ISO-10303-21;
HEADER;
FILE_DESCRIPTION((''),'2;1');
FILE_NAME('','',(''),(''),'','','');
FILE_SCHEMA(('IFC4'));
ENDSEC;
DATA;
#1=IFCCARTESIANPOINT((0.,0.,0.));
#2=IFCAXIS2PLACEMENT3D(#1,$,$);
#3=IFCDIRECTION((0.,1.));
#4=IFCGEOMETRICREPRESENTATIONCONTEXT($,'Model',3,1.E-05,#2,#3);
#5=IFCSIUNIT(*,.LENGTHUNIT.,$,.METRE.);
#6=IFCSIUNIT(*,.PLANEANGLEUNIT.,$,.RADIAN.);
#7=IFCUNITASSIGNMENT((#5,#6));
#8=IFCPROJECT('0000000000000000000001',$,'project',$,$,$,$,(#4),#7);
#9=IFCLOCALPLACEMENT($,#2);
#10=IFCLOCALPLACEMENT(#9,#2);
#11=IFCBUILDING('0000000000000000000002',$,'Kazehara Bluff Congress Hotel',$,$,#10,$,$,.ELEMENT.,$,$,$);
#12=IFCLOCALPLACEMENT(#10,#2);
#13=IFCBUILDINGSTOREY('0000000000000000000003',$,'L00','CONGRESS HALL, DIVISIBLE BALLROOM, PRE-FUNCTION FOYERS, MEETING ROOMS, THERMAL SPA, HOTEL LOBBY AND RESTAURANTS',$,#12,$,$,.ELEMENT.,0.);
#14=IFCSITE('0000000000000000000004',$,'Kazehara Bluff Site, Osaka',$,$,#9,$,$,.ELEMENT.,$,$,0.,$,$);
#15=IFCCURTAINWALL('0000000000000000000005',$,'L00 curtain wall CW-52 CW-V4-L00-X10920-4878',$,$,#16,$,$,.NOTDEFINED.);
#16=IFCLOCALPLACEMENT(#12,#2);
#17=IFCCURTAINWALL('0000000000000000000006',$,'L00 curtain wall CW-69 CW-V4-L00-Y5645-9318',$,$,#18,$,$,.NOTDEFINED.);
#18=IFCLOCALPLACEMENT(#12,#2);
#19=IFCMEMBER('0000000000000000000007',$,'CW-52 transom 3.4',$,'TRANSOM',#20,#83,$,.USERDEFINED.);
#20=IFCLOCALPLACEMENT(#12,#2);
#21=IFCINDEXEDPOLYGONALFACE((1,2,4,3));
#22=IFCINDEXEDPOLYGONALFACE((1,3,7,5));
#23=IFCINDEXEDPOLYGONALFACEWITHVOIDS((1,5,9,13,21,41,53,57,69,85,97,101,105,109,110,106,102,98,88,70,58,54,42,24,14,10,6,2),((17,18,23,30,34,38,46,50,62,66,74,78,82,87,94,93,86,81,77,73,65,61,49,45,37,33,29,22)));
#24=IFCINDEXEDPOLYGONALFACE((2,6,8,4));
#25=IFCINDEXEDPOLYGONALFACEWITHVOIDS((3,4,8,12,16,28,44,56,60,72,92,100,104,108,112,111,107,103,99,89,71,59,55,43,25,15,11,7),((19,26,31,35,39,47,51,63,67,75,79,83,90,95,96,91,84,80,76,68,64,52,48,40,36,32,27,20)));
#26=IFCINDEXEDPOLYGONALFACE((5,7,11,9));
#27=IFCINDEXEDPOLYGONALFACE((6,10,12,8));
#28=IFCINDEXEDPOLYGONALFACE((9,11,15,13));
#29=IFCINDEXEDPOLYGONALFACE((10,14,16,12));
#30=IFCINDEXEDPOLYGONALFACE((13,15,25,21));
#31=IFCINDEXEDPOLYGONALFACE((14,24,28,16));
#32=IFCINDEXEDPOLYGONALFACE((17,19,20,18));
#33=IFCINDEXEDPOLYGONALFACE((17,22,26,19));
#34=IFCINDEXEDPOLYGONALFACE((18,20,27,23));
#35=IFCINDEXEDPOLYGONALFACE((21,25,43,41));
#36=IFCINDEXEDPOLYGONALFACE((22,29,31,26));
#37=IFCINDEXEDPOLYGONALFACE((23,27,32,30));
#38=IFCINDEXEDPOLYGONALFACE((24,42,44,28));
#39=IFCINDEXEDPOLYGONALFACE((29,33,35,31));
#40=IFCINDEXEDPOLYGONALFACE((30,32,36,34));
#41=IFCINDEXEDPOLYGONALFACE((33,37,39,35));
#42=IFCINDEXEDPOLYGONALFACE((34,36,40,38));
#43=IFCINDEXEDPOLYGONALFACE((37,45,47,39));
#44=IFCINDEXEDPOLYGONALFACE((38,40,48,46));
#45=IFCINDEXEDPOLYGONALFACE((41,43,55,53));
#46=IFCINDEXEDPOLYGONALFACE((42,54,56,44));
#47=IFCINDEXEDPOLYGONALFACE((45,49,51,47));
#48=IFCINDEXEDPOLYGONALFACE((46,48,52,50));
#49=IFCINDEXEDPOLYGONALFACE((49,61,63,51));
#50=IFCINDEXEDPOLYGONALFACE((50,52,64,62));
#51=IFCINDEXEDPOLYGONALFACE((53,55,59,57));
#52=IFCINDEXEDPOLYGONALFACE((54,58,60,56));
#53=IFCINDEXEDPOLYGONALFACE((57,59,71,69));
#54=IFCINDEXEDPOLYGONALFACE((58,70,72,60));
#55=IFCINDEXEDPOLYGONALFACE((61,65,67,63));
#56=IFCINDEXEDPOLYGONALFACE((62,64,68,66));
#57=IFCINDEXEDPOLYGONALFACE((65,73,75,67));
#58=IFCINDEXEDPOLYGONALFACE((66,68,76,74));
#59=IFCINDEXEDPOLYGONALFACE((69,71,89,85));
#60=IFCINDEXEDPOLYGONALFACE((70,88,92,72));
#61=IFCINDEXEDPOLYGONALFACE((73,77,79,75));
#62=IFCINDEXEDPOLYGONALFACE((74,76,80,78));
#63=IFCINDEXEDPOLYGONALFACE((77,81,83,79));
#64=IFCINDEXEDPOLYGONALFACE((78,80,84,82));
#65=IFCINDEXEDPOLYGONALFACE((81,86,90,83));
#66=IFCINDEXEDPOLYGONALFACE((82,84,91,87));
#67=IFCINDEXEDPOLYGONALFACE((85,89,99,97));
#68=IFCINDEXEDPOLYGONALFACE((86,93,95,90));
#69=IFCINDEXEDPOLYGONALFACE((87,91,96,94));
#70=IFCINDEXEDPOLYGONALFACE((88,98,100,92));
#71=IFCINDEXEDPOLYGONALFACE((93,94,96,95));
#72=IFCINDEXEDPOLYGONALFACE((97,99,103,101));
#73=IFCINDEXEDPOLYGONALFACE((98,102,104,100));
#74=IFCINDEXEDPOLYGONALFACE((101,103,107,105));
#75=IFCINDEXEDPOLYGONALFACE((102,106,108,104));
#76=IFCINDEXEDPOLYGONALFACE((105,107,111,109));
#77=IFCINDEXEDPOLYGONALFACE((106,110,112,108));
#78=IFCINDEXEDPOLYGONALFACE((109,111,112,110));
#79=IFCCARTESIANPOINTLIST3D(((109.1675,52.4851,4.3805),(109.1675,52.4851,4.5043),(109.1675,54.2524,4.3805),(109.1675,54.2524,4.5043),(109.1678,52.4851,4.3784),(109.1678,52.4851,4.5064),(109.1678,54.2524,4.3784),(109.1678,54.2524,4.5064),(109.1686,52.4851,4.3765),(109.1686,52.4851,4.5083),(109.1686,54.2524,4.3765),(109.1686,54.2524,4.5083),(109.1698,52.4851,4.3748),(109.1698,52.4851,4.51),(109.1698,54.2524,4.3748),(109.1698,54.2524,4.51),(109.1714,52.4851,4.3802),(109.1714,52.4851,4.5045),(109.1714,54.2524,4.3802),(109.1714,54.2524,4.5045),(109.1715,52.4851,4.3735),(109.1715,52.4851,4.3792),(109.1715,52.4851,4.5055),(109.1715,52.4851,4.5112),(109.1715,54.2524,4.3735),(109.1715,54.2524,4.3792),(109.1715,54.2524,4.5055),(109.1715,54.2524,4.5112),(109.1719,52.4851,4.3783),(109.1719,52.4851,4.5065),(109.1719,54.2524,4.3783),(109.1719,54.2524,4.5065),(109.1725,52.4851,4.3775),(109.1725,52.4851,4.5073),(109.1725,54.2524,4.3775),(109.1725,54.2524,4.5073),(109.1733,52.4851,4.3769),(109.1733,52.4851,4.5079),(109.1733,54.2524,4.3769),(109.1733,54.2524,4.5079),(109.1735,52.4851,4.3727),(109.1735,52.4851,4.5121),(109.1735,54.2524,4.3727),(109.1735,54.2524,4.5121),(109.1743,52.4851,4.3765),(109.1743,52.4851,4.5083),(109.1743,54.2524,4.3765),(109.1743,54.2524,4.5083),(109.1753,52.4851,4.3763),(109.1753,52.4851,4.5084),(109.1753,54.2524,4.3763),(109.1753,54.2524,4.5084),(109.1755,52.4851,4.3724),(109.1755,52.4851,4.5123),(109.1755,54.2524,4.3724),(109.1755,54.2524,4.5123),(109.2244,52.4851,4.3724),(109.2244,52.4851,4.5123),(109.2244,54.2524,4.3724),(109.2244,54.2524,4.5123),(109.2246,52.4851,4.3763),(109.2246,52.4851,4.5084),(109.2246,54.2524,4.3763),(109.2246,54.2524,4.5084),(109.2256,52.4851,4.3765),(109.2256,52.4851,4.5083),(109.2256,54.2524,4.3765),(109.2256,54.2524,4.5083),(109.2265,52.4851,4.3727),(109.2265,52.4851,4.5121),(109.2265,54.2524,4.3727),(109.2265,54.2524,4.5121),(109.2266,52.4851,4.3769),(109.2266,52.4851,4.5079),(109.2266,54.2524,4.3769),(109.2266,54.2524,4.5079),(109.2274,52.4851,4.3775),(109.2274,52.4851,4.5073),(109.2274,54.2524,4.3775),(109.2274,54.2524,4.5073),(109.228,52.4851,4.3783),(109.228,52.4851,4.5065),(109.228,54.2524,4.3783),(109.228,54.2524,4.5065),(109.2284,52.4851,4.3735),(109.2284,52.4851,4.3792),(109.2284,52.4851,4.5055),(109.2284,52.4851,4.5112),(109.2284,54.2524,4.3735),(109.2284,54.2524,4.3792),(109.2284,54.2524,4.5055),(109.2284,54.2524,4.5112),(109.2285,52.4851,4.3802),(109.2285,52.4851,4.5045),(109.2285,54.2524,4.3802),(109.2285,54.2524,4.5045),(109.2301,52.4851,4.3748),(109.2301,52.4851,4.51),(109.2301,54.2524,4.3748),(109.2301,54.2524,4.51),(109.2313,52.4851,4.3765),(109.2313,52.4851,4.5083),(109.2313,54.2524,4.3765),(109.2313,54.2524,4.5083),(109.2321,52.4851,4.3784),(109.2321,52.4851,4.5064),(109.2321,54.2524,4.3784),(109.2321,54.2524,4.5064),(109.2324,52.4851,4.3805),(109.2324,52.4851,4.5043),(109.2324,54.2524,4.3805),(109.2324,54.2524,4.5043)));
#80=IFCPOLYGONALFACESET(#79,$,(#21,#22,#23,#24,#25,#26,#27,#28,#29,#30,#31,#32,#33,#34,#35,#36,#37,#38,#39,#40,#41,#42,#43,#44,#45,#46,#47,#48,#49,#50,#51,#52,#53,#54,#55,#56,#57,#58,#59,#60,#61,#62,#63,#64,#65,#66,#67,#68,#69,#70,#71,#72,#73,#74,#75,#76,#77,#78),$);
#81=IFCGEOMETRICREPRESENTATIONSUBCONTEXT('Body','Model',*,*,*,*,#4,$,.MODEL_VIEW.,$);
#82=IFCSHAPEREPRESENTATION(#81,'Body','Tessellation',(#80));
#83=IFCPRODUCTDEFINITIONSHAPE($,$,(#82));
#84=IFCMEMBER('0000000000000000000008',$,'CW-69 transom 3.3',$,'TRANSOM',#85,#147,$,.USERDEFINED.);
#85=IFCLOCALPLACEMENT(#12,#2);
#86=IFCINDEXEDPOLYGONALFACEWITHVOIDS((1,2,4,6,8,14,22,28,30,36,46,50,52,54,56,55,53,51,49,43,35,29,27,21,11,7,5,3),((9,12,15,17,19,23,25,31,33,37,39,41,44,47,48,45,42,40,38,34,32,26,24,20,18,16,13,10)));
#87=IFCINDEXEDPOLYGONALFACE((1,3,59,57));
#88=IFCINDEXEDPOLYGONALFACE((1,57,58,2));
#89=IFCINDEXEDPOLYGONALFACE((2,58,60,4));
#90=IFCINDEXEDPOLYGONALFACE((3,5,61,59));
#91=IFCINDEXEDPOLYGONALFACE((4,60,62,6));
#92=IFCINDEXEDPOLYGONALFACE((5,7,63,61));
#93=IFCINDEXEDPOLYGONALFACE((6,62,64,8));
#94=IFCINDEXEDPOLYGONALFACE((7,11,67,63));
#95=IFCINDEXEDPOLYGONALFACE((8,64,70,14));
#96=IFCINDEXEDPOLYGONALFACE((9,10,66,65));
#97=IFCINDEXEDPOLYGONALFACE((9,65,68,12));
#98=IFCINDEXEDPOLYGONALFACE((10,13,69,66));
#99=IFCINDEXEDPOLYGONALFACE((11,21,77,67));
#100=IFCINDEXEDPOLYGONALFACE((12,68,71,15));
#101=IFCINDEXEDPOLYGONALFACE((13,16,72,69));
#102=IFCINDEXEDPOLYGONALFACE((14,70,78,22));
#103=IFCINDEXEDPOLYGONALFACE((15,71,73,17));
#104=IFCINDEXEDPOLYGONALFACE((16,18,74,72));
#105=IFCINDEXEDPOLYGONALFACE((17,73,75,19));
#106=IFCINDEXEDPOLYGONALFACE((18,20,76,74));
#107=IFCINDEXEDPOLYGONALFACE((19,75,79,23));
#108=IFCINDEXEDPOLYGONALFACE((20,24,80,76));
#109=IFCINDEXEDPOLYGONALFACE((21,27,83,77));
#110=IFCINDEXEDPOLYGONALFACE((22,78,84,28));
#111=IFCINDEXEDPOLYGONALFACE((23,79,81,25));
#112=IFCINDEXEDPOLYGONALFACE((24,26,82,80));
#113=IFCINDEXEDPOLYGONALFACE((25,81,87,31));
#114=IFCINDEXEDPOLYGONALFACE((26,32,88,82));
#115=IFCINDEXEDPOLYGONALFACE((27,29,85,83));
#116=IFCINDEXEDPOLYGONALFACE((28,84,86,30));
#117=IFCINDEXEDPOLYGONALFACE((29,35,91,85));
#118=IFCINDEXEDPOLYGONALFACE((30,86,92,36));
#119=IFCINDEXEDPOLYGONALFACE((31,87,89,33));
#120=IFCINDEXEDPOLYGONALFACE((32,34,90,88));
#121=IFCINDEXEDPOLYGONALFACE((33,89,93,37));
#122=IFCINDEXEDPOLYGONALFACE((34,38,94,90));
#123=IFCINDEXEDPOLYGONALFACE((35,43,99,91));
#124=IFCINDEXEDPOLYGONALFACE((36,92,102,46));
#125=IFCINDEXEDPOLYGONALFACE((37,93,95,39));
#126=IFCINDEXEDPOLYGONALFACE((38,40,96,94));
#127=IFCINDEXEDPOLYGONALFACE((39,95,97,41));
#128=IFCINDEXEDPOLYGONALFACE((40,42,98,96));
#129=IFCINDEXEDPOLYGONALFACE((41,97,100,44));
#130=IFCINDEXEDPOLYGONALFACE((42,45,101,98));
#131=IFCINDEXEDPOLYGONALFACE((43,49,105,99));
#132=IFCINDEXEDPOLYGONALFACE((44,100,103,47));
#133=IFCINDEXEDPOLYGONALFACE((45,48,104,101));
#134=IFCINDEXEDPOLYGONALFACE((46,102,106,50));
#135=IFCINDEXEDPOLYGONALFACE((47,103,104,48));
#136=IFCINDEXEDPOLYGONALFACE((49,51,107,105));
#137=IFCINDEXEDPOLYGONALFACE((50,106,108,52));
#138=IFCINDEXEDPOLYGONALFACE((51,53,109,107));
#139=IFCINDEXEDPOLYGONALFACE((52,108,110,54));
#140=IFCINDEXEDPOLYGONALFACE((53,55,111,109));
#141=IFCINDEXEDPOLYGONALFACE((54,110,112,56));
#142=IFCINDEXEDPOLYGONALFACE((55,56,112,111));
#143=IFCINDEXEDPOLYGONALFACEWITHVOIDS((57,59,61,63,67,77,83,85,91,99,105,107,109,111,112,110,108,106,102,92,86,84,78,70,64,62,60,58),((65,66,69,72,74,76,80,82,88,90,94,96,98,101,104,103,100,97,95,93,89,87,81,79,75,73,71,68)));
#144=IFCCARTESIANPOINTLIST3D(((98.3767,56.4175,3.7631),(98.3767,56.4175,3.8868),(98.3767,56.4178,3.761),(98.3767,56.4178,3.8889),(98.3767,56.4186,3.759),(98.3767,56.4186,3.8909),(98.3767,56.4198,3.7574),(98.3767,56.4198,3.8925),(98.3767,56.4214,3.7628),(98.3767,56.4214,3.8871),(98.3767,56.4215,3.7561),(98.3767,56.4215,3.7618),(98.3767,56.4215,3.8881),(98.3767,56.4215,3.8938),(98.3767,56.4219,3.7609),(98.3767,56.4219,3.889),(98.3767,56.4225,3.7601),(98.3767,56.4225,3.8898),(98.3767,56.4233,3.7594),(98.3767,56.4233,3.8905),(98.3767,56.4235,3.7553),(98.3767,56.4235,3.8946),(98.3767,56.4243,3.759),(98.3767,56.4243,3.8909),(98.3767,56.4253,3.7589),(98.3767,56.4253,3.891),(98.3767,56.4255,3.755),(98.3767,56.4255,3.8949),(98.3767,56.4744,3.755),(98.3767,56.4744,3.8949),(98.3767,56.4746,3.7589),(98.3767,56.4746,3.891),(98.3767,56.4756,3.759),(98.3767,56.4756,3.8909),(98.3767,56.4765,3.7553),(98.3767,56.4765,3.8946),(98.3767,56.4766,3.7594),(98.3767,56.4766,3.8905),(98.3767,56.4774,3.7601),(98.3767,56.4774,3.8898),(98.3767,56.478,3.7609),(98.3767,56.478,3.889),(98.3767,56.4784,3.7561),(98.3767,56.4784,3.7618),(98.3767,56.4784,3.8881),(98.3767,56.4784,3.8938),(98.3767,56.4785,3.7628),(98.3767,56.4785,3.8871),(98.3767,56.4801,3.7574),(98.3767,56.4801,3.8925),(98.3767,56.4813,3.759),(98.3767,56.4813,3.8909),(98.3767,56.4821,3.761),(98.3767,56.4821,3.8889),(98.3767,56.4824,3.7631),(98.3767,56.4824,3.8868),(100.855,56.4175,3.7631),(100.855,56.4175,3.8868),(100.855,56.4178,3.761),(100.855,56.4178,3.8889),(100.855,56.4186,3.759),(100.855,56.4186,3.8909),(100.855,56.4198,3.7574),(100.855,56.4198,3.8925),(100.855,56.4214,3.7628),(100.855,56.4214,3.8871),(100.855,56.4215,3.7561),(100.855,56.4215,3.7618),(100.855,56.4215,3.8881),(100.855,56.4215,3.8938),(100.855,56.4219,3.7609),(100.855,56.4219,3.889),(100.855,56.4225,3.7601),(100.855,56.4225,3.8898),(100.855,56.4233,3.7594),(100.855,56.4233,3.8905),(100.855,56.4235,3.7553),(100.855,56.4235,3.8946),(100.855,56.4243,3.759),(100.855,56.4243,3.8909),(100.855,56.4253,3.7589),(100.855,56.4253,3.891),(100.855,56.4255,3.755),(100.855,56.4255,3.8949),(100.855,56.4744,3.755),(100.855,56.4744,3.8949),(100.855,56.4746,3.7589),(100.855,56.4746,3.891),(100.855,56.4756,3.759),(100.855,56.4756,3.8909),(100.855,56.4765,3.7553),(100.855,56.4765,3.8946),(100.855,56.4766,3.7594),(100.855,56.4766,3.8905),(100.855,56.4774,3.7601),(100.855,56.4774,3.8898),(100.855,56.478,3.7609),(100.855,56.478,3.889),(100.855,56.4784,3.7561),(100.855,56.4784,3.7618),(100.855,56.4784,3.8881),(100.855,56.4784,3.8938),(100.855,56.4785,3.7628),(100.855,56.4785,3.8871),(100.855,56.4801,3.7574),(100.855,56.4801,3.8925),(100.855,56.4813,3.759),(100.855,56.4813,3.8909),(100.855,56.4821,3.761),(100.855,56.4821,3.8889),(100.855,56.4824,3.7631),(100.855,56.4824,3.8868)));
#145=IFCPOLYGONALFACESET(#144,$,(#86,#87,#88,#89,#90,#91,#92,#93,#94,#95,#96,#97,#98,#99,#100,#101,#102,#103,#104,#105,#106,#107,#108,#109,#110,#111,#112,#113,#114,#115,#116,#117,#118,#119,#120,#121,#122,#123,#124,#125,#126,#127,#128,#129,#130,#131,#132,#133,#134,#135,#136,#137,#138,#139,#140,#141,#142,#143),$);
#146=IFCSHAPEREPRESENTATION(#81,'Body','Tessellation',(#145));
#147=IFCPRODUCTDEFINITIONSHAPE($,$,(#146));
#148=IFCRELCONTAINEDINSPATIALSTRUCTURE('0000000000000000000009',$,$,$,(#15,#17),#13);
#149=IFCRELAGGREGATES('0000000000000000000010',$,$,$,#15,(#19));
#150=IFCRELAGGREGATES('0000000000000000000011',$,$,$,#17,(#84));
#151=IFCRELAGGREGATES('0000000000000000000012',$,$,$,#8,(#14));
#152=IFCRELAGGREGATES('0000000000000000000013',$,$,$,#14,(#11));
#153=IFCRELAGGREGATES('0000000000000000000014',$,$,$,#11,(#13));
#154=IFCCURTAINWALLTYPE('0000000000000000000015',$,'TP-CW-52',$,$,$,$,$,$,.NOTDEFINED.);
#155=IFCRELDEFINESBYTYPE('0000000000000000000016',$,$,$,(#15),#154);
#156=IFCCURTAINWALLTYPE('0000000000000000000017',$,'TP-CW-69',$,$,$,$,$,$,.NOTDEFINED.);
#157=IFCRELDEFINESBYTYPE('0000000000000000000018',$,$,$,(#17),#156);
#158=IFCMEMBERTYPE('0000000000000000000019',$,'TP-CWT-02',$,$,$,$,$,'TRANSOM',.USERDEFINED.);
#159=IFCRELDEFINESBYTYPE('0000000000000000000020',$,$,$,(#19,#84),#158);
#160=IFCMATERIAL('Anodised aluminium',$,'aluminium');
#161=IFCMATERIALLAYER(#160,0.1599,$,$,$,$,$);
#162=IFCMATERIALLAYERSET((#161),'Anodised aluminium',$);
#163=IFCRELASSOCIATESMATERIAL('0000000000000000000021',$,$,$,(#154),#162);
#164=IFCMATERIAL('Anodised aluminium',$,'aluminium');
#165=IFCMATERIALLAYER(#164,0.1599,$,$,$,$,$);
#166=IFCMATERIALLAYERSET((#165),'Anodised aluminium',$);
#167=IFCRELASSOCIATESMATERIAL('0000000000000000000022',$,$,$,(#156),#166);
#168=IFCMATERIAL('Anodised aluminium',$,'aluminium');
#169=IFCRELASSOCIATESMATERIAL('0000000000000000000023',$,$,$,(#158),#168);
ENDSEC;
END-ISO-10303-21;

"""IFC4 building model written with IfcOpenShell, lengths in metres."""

from ifc_helpers import new_model, si_unit, direction, frame, origin, origin_2d, place, context, subcontext, project, spatial, hollow_rectangle, extrude, material, layer, layer_set, material_profile, profile_set, type_object, element, aggregate, save


model = new_model("IFC4")

# Units and contexts
model_context = context("Model", 3, precision=1e-05, world=origin(), true_north=direction((0.0, 1.0)))
body_context = subcontext(model_context, "Body", "Model", "MODEL_VIEW")
ifc_project = project(units=[si_unit("LENGTHUNIT", "METRE"), si_unit("PLANEANGLEUNIT", "RADIAN")], contexts=[model_context])

# Site, building, storey
site_placement = place(None, origin())
site = spatial("IfcSite", under=ifc_project, at=site_placement, Name="Kazehara Bluff Site, Osaka", CompositionType="ELEMENT", RefElevation=0.0)
building_placement = place(site_placement, origin())
building = spatial("IfcBuilding", under=site, at=building_placement, Name="Kazehara Bluff Congress Hotel", CompositionType="ELEMENT")
storey_placement = place(building_placement, origin())
storey = spatial("IfcBuildingStorey", under=building, at=storey_placement, Name="L00", Description="CONGRESS HALL, DIVISIBLE BALLROOM, PRE-FUNCTION FOYERS, MEETING ROOMS, THERMAL SPA, HOTEL LOBBY AND RESTAURANTS", CompositionType="ELEMENT", Elevation=0.0)

# Curtain walls
ifc_material_1 = material(Name="Anodised aluminium", Category="aluminium")
ifc_layer_1 = layer(ifc_material_1, 0.1599)
ifc_layer_set_1 = layer_set([ifc_layer_1], Name="Anodised aluminium")
curtain_wall_type_1 = type_object("IfcCurtainWallType", Name="TP-CW-52", PredefinedType="NOTDEFINED", material=ifc_layer_set_1)
curtain_wall_1_placement = place(storey_placement, origin())
curtain_wall_1 = element("IfcCurtainWall", 1, at=curtain_wall_1_placement, inside=storey, type_object=curtain_wall_type_1, Name="L00 curtain wall CW-52 CW-V4-L00-X10920-4878", PredefinedType="NOTDEFINED")
ifc_material_2 = material(Name="Anodised aluminium", Category="aluminium")
ifc_layer_2 = layer(ifc_material_2, 0.1599)
ifc_layer_set_2 = layer_set([ifc_layer_2], Name="Anodised aluminium")
curtain_wall_type_2 = type_object("IfcCurtainWallType", Name="TP-CW-69", PredefinedType="NOTDEFINED", material=ifc_layer_set_2)
curtain_wall_2_placement = place(storey_placement, origin())
curtain_wall_2 = element("IfcCurtainWall", 2, at=curtain_wall_2_placement, inside=storey, type_object=curtain_wall_type_2, Name="L00 curtain wall CW-69 CW-V4-L00-Y5645-9318", PredefinedType="NOTDEFINED")

# Members
ifc_material_3 = material(Name="Anodised aluminium", Category="aluminium")
ifc_material_profile_1 = material_profile(ifc_material_3, hollow_rectangle(XDim=0.0649, YDim=0.1399, WallThickness=0.0039, InnerFilletRadius=0.0039, OuterFilletRadius=0.0081, at=origin_2d()))
ifc_profile_set_1 = profile_set([ifc_material_profile_1], Name="Anodised aluminium")
member_type_1 = type_object("IfcMemberType", Name="TP-CWT-02", ElementType="TRANSOM", PredefinedType="USERDEFINED", material=ifc_profile_set_1)
member_1_placement = place(storey_placement, frame((109.2, 52.4851, 4.4424), z_axis=(0.0, 1.0, 0.0), x_axis=(-1.0, 0.0, 0.0)))
member_1 = element("IfcMember", 3, at=member_1_placement, type_object=member_type_1, Name="CW-52 transom 3.4", ObjectType="TRANSOM", PredefinedType="USERDEFINED", context=body_context, shape_type="SweptSolid", body=[
    extrude(hollow_rectangle(XDim=0.0649, YDim=0.1399, WallThickness=0.0039, InnerFilletRadius=0.0039, OuterFilletRadius=0.0081, at=origin_2d()), origin(), (0.0, 0.0, 1.0), 1.7673),
])
aggregate(curtain_wall_1, [member_1])
member_2_placement = place(storey_placement, frame((98.3767, 56.45, 3.825), z_axis=(1.0, 0.0, 0.0), x_axis=(0.0, 1.0, 0.0)))
member_2 = element("IfcMember", 4, at=member_2_placement, type_object=member_type_1, Name="CW-69 transom 3.3", ObjectType="TRANSOM", PredefinedType="USERDEFINED", context=body_context, shape_type="SweptSolid", body=[
    extrude(hollow_rectangle(XDim=0.0649, YDim=0.1399, WallThickness=0.0039, InnerFilletRadius=0.0039, OuterFilletRadius=0.0081, at=origin_2d()), origin(), (0.0, 0.0, 1.0), 2.4783),
])

aggregate(curtain_wall_2, [member_2])

save(model, "model.ifc")
